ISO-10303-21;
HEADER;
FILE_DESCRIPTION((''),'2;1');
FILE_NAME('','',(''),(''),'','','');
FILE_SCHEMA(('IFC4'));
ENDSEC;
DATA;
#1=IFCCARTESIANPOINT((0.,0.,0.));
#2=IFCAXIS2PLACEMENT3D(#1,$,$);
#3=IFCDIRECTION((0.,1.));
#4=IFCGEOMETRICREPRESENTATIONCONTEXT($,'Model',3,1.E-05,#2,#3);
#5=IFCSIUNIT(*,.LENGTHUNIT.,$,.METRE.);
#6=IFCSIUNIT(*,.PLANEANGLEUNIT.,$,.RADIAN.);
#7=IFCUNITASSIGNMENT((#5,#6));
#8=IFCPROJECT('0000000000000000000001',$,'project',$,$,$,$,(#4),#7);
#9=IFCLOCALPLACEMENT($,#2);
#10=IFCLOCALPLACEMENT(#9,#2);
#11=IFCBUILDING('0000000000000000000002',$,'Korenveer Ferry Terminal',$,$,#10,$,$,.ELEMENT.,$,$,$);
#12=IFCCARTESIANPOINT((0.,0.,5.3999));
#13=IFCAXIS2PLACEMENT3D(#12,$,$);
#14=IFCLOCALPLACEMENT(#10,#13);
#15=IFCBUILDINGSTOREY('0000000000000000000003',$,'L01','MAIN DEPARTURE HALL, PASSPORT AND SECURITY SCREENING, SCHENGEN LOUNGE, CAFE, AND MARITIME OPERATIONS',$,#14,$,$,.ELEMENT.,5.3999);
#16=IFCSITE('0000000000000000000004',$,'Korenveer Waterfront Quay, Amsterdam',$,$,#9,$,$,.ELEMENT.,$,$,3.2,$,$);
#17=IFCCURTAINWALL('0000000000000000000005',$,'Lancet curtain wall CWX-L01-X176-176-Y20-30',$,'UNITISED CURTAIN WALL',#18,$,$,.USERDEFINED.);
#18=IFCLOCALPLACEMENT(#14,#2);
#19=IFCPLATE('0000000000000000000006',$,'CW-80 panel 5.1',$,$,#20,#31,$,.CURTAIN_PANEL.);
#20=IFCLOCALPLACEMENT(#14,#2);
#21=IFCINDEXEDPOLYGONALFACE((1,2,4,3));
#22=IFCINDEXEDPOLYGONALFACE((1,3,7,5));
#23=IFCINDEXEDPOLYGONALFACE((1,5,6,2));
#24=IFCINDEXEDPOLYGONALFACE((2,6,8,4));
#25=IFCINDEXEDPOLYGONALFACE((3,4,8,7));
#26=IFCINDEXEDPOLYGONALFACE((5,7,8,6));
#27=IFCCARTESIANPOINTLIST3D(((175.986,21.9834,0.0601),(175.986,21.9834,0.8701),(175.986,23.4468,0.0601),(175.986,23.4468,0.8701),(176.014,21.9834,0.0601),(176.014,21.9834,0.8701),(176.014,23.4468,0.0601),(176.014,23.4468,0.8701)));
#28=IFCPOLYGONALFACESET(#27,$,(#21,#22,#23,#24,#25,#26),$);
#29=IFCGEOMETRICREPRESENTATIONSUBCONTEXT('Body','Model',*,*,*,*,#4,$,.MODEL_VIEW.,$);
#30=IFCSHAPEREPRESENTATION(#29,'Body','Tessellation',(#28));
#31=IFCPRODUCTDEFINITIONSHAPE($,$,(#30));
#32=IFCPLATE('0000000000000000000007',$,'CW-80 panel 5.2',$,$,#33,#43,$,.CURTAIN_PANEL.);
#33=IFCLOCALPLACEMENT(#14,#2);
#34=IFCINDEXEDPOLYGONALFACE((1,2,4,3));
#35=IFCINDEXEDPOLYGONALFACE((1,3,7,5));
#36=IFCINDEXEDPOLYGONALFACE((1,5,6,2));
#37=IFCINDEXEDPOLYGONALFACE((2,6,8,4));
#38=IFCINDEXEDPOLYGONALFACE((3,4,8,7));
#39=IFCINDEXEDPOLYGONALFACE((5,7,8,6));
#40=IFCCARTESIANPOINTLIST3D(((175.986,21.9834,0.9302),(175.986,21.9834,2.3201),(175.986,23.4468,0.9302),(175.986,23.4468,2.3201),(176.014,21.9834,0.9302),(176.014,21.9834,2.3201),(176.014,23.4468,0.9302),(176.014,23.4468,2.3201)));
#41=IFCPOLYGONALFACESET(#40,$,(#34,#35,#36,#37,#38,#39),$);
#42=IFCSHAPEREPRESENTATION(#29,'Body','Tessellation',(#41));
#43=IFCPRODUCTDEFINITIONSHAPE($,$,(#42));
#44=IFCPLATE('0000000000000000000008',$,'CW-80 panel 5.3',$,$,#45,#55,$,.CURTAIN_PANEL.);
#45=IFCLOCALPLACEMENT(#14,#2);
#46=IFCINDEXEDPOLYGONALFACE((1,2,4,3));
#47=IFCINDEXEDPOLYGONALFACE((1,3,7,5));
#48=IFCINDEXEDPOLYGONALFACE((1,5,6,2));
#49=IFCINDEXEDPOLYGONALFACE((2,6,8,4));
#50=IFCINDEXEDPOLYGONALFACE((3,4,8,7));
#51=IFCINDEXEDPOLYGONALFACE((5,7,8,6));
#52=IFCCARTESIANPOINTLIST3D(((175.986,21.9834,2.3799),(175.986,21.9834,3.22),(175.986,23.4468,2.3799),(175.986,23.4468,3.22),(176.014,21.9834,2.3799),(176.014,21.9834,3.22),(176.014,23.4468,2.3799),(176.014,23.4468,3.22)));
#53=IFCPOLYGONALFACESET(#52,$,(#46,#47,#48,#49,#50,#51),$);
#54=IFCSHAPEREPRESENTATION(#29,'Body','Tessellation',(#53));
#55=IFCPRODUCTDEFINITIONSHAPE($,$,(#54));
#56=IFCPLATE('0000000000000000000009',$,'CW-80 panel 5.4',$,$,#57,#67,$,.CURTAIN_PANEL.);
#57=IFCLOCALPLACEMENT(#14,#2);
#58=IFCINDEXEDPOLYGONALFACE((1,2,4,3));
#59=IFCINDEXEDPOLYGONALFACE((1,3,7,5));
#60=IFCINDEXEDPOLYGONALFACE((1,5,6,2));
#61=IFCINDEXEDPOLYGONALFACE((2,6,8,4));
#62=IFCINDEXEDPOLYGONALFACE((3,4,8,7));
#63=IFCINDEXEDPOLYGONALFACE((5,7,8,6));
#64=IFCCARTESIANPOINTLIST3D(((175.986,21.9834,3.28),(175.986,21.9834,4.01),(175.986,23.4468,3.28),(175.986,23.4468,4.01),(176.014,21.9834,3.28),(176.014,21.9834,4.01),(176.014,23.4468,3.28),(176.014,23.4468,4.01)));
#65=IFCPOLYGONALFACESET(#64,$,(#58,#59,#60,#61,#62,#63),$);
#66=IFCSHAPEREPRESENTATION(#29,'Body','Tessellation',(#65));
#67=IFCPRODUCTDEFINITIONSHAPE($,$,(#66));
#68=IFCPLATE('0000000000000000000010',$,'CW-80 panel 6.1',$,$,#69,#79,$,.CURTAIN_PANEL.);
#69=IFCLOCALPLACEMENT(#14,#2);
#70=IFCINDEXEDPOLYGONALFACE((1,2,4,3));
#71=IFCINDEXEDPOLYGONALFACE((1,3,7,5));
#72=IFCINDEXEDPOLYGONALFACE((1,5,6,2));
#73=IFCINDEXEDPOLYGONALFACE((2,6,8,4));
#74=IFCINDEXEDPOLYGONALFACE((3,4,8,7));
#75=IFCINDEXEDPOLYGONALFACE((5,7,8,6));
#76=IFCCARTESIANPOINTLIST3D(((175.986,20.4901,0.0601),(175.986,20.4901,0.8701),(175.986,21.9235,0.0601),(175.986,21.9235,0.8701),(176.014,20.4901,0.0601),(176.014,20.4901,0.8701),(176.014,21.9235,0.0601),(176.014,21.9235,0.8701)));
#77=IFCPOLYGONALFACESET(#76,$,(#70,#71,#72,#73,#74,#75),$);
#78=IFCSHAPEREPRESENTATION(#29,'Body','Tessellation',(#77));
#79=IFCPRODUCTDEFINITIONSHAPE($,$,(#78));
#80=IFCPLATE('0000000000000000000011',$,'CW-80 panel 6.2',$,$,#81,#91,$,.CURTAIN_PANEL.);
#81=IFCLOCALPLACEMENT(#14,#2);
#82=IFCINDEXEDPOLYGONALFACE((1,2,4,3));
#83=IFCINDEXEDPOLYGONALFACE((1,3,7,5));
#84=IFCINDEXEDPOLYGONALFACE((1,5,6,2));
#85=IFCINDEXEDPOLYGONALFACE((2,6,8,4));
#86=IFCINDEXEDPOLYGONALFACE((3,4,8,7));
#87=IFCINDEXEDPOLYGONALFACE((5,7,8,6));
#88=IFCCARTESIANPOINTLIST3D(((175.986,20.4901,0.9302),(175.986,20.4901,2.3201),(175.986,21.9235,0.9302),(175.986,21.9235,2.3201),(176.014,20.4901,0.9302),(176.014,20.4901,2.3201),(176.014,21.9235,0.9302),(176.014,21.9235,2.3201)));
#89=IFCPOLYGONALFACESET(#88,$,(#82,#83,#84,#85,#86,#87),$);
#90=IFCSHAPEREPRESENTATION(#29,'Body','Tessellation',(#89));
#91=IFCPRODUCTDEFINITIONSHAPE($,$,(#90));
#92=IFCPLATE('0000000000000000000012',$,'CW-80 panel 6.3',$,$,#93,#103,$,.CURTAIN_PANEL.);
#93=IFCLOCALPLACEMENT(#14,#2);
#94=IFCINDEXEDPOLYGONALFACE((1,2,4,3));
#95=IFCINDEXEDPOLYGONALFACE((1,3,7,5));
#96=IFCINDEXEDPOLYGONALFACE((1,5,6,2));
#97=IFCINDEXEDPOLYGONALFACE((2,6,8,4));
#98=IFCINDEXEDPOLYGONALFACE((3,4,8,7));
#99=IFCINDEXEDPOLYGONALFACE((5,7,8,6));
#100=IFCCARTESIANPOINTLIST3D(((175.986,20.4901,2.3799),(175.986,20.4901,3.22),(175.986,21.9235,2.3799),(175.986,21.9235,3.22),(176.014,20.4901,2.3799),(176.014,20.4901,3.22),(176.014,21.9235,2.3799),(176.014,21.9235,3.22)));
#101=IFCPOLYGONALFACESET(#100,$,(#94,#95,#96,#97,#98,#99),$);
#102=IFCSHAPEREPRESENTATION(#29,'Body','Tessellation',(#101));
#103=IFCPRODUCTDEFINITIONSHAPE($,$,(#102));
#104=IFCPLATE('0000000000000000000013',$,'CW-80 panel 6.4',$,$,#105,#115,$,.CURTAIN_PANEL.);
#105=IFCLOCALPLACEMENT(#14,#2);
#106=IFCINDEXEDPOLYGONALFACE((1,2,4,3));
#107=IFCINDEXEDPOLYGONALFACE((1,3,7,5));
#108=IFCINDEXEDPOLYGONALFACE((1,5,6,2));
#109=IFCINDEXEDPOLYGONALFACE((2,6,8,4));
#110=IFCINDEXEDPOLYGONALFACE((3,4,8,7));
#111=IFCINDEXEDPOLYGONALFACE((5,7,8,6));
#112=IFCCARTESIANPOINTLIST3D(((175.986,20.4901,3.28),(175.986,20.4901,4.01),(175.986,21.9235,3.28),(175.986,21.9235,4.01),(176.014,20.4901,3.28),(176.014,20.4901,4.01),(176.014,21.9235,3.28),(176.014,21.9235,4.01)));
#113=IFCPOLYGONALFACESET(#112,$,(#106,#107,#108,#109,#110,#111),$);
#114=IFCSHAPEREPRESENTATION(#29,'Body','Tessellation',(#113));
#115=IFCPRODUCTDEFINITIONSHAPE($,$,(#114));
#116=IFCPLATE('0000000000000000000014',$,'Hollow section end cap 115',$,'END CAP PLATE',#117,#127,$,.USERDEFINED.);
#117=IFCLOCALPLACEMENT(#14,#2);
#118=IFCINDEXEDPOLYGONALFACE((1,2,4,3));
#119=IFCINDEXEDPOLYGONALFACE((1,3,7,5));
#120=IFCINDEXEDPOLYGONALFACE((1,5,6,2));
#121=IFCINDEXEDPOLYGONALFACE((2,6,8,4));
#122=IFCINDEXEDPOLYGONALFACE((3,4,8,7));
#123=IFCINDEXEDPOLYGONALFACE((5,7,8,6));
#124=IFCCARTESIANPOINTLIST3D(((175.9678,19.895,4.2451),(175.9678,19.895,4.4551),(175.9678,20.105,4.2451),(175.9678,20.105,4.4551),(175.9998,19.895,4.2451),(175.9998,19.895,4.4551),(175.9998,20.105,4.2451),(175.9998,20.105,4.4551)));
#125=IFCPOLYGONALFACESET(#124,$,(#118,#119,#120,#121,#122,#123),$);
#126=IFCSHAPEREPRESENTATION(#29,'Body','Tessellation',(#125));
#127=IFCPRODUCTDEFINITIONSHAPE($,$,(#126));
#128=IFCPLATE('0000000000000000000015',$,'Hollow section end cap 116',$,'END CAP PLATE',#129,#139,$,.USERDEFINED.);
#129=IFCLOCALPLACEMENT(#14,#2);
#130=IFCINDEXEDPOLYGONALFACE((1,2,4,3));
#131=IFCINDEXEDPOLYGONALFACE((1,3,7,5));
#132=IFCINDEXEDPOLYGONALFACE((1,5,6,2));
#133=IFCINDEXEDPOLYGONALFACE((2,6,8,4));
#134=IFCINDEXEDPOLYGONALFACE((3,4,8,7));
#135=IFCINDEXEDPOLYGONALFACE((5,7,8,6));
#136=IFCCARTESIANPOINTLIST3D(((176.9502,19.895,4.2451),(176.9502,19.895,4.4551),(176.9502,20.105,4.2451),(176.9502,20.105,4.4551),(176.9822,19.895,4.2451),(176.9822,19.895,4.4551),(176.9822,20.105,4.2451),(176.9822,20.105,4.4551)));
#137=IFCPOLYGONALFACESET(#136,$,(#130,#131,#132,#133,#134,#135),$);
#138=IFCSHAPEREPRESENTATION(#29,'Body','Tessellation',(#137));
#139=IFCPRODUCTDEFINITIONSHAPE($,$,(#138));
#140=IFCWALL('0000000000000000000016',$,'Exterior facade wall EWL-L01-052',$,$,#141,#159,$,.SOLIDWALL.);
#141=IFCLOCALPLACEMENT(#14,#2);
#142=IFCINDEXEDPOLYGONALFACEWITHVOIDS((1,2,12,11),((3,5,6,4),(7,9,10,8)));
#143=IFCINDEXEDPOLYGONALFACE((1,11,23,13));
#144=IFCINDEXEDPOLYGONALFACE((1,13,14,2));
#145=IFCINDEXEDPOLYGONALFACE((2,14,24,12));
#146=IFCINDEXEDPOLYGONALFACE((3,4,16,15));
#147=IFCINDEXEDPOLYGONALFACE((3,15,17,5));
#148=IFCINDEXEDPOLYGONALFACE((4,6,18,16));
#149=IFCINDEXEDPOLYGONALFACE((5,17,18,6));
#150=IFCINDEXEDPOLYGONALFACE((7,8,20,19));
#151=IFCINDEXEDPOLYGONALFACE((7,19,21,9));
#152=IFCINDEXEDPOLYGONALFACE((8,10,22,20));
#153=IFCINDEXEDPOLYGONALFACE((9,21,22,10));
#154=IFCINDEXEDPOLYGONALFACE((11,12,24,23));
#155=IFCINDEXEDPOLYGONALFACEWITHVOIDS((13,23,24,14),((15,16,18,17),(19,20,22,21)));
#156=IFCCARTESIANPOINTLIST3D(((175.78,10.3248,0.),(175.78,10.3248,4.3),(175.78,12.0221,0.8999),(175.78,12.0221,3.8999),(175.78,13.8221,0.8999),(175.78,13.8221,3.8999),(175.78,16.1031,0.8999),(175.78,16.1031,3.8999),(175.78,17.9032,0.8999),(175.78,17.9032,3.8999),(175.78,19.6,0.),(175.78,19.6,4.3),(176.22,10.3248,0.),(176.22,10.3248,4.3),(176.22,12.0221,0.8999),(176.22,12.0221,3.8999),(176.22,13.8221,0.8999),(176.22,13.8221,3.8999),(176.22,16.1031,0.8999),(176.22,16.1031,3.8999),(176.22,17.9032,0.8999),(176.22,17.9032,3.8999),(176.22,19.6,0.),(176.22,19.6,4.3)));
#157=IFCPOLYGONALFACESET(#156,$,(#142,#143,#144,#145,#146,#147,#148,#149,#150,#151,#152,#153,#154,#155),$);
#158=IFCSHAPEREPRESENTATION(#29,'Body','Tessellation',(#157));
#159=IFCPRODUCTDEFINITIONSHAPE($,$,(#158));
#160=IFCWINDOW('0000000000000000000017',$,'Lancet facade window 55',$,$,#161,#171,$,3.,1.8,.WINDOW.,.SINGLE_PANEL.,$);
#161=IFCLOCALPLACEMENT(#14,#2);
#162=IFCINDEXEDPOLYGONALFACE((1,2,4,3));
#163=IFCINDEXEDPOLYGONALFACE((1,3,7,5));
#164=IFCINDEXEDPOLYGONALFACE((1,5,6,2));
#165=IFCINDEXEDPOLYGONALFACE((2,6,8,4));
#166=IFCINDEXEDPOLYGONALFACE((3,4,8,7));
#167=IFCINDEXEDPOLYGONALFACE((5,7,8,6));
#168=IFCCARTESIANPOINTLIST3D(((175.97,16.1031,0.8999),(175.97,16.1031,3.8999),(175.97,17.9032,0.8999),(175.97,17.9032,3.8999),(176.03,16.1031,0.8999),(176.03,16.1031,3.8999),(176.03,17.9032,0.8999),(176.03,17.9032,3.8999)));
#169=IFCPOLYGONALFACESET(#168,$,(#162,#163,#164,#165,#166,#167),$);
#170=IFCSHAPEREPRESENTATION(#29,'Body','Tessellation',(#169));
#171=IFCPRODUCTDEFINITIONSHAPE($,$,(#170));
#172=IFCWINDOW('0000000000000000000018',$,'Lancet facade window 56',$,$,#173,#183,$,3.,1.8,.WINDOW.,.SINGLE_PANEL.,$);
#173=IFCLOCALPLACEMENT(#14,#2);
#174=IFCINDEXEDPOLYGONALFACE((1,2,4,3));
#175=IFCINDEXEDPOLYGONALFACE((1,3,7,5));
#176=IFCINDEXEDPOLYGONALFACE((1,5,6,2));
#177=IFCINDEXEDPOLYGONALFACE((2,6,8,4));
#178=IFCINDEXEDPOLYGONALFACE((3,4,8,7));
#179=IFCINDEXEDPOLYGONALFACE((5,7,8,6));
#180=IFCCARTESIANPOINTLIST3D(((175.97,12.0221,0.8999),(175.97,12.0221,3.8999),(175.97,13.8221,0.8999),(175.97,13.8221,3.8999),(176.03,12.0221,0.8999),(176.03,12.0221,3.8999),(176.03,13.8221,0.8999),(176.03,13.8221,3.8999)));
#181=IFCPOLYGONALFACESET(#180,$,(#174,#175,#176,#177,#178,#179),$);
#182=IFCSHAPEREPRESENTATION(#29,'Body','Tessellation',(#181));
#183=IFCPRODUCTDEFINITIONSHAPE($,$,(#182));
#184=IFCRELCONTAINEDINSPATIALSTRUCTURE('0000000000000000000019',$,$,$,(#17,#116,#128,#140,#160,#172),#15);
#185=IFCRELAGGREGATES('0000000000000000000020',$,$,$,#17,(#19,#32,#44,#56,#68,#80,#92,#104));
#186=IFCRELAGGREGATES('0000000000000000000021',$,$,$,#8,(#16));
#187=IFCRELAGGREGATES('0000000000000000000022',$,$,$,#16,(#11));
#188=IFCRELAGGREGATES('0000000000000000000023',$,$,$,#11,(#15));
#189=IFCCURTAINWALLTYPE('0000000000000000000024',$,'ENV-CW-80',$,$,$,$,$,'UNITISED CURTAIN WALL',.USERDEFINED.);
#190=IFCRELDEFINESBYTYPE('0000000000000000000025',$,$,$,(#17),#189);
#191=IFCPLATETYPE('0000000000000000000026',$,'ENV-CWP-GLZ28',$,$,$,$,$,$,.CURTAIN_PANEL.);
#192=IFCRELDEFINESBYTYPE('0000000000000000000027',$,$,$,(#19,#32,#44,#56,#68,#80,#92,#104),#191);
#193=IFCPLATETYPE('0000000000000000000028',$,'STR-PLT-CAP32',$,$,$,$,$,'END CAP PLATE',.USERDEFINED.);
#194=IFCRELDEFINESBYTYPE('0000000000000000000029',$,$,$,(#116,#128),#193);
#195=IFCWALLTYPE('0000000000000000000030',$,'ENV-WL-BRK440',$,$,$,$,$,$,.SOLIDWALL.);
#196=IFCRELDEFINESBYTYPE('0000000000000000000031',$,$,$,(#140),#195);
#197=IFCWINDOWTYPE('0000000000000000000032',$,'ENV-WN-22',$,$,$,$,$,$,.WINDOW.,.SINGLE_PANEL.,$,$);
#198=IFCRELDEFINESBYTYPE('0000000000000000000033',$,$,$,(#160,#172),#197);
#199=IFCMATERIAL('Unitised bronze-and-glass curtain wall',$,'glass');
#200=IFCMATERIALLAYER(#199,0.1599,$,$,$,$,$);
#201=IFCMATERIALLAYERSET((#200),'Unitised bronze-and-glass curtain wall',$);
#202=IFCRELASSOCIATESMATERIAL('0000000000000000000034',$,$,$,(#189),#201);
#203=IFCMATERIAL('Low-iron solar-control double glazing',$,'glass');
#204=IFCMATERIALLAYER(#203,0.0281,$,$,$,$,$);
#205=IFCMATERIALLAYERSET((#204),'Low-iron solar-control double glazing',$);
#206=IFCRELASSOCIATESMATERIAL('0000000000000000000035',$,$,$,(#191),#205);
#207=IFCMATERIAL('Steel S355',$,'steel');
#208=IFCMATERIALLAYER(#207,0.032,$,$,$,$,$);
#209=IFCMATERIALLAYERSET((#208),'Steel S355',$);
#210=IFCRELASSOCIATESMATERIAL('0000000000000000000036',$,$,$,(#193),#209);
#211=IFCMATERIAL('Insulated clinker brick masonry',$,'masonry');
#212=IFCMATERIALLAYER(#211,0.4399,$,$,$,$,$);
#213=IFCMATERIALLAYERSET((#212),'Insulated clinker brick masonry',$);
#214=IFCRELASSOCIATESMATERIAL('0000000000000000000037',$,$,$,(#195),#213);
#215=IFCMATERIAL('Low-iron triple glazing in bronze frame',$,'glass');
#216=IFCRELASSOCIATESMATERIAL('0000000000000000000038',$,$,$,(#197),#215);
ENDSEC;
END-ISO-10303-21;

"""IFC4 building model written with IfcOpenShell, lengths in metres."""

from ifc_helpers import new_model, si_unit, direction, frame, frame_2d, origin, origin_2d, place, context, subcontext, project, spatial, rectangle, extrude, material, layer, layer_set, type_object, element, fill, aggregate, save


model = new_model("IFC4")

# Units and contexts
model_context = context("Model", 3, precision=1e-05, world=origin(), true_north=direction((0.0, 1.0)))
body_context = subcontext(model_context, "Body", "Model", "MODEL_VIEW")
ifc_project = project(units=[si_unit("LENGTHUNIT", "METRE"), si_unit("PLANEANGLEUNIT", "RADIAN")], contexts=[model_context])

# Site, building, storey
site_placement = place(None, origin())
site = spatial("IfcSite", under=ifc_project, at=site_placement, Name="Korenveer Waterfront Quay, Amsterdam", CompositionType="ELEMENT", RefElevation=3.2)
building_placement = place(site_placement, origin())
building = spatial("IfcBuilding", under=site, at=building_placement, Name="Korenveer Ferry Terminal", CompositionType="ELEMENT")
storey_placement = place(building_placement, frame((0.0, 0.0, 5.3999)))
storey = spatial("IfcBuildingStorey", under=building, at=storey_placement, Name="L01", Description="MAIN DEPARTURE HALL, PASSPORT AND SECURITY SCREENING, SCHENGEN LOUNGE, CAFE, AND MARITIME OPERATIONS", CompositionType="ELEMENT", Elevation=5.3999)

# Shared definitions
ifc_material_1 = material(Name="Steel S355", Category="steel")

# Shared definitions
ifc_material_2 = material(Name="Unitised bronze-and-glass curtain wall", Category="glass")

# Curtain wall
ifc_layer_1 = layer(ifc_material_2, 0.1599)
ifc_layer_set_1 = layer_set([ifc_layer_1], Name="Unitised bronze-and-glass curtain wall")
curtain_wall_type_1 = type_object("IfcCurtainWallType", Name="ENV-CW-80", ElementType="UNITISED CURTAIN WALL", PredefinedType="USERDEFINED", material=ifc_layer_set_1)
curtain_wall_1_placement = place(storey_placement, frame((176.0, 29.5701, 0.0)))
curtain_wall_1 = element("IfcCurtainWall", 1, at=curtain_wall_1_placement, inside=storey, type_object=curtain_wall_type_1, Name="Lancet curtain wall CWX-L01-X176-176-Y20-30", ObjectType="UNITISED CURTAIN WALL", PredefinedType="USERDEFINED")

# Plates
ifc_material_3 = material(Name="Low-iron solar-control double glazing", Category="glass")
ifc_layer_2 = layer(ifc_material_3, 0.0281)
ifc_layer_set_2 = layer_set([ifc_layer_2], Name="Low-iron solar-control double glazing")
plate_type_1 = type_object("IfcPlateType", Name="ENV-CWP-GLZ28", PredefinedType="CURTAIN_PANEL", material=ifc_layer_set_2)
plate_1_placement = place(storey_placement, frame((176.0, 22.7151, 0.0601), z_axis=(0.0, 0.0, 1.0), x_axis=(0.0, -1.0, 0.0)))
plate_1 = element("IfcPlate", 2, at=plate_1_placement, type_object=plate_type_1, Name="CW-80 panel 5.1", PredefinedType="CURTAIN_PANEL", context=body_context, shape_type="SweptSolid", body=[
    extrude(rectangle(XDim=1.4634, YDim=0.0281, at=origin_2d()), origin(), (0.0, 0.0, 1.0), 0.8101),
])
plate_2_placement = place(storey_placement, frame((176.0, 22.7151, 0.9302), z_axis=(0.0, 0.0, 1.0), x_axis=(0.0, -1.0, 0.0)))
plate_2 = element("IfcPlate", 3, at=plate_2_placement, type_object=plate_type_1, Name="CW-80 panel 5.2", PredefinedType="CURTAIN_PANEL", context=body_context, shape_type="SweptSolid", body=[
    extrude(rectangle(XDim=1.4634, YDim=0.0281, at=origin_2d()), origin(), (0.0, 0.0, 1.0), 1.3899),
])
plate_3_placement = place(storey_placement, frame((176.0, 22.7151, 2.3799), z_axis=(0.0, 0.0, 1.0), x_axis=(0.0, -1.0, 0.0)))
plate_3 = element("IfcPlate", 4, at=plate_3_placement, type_object=plate_type_1, Name="CW-80 panel 5.3", PredefinedType="CURTAIN_PANEL", context=body_context, shape_type="SweptSolid", body=[
    extrude(rectangle(XDim=1.4634, YDim=0.0281, at=origin_2d()), origin(), (0.0, 0.0, 1.0), 0.8401),
])
plate_4_placement = place(storey_placement, frame((176.0, 22.7151, 3.28), z_axis=(0.0, 0.0, 1.0), x_axis=(0.0, -1.0, 0.0)))
plate_4 = element("IfcPlate", 5, at=plate_4_placement, type_object=plate_type_1, Name="CW-80 panel 5.4", PredefinedType="CURTAIN_PANEL", context=body_context, shape_type="SweptSolid", body=[
    extrude(rectangle(XDim=1.4634, YDim=0.0281, at=origin_2d()), origin(), (0.0, 0.0, 1.0), 0.73),
])
plate_5_placement = place(storey_placement, frame((176.0, 21.2068, 0.0601), z_axis=(0.0, 0.0, 1.0), x_axis=(0.0, -1.0, 0.0)))
plate_5 = element("IfcPlate", 6, at=plate_5_placement, type_object=plate_type_1, Name="CW-80 panel 6.1", PredefinedType="CURTAIN_PANEL", context=body_context, shape_type="SweptSolid", body=[
    extrude(rectangle(XDim=1.4333, YDim=0.0281, at=origin_2d()), origin(), (0.0, 0.0, 1.0), 0.8101),
])
plate_6_placement = place(storey_placement, frame((176.0, 21.2068, 0.9302), z_axis=(0.0, 0.0, 1.0), x_axis=(0.0, -1.0, 0.0)))
plate_6 = element("IfcPlate", 7, at=plate_6_placement, type_object=plate_type_1, Name="CW-80 panel 6.2", PredefinedType="CURTAIN_PANEL", context=body_context, shape_type="SweptSolid", body=[
    extrude(rectangle(XDim=1.4333, YDim=0.0281, at=origin_2d()), origin(), (0.0, 0.0, 1.0), 1.3899),
])
plate_7_placement = place(storey_placement, frame((176.0, 21.2068, 2.3799), z_axis=(0.0, 0.0, 1.0), x_axis=(0.0, -1.0, 0.0)))
plate_7 = element("IfcPlate", 8, at=plate_7_placement, type_object=plate_type_1, Name="CW-80 panel 6.3", PredefinedType="CURTAIN_PANEL", context=body_context, shape_type="SweptSolid", body=[
    extrude(rectangle(XDim=1.4333, YDim=0.0281, at=origin_2d()), origin(), (0.0, 0.0, 1.0), 0.8401),
])
plate_8_placement = place(storey_placement, frame((176.0, 21.2068, 3.28), z_axis=(0.0, 0.0, 1.0), x_axis=(0.0, -1.0, 0.0)))
plate_8 = element("IfcPlate", 9, at=plate_8_placement, type_object=plate_type_1, Name="CW-80 panel 6.4", PredefinedType="CURTAIN_PANEL", context=body_context, shape_type="SweptSolid", body=[
    extrude(rectangle(XDim=1.4333, YDim=0.0281, at=origin_2d()), origin(), (0.0, 0.0, 1.0), 0.73),
])
aggregate(curtain_wall_1, [plate_1, plate_2, plate_3, plate_4, plate_5, plate_6, plate_7, plate_8])

# Plates
ifc_layer_3 = layer(ifc_material_1, 0.032)
ifc_layer_set_3 = layer_set([ifc_layer_3], Name="Steel S355")
plate_type_2 = type_object("IfcPlateType", Name="STR-PLT-CAP32", ElementType="END CAP PLATE", PredefinedType="USERDEFINED", material=ifc_layer_set_3)
for number, where, z_axis, x_axis, name in (
    (10, (175.9678, 20.0, 4.3501), (1.0, 0.0, 0.0), (0.0, 1.0, 0.0), "Hollow section end cap 115"),
    (11, (176.9502, 20.0, 4.3501), (1.0, 0.0, 0.0), (0.0, 1.0, 0.0), "Hollow section end cap 116"),
):
    element("IfcPlate", number, at=place(storey_placement, frame(where, z_axis=z_axis, x_axis=x_axis)), inside=storey, type_object=plate_type_2, Name=name, ObjectType="END CAP PLATE", PredefinedType="USERDEFINED", context=body_context, shape_type="SweptSolid", body=[
        extrude(rectangle(XDim=0.21, YDim=0.21, at=origin_2d()), origin(), (0.0, 0.0, 1.0), 0.032),
    ])

# Wall, openings, windows
ifc_material_4 = material(Name="Insulated clinker brick masonry", Category="masonry")
ifc_layer_4 = layer(ifc_material_4, 0.4399)
ifc_layer_set_4 = layer_set([ifc_layer_4], Name="Insulated clinker brick masonry")
wall_type = type_object("IfcWallType", Name="ENV-WL-BRK440", PredefinedType="SOLIDWALL", material=ifc_layer_set_4)
wall_placement = place(storey_placement, frame((176.0, 19.6001, 0.0), z_axis=(0.0, 0.0, 1.0), x_axis=(0.0, -1.0, 0.0)))
wall = element("IfcWall", 12, at=wall_placement, inside=storey, type_object=wall_type, Name="Exterior facade wall EWL-L01-052", PredefinedType="SOLIDWALL", context=body_context, shape_type="SweptSolid", body=[
    extrude(rectangle(XDim=9.2751, YDim=0.4399, at=frame_2d((4.6377, 0.0))), origin(), (0.0, 0.0, 1.0), 4.3),
])
opening_1_placement = place(wall_placement, frame((1.697, 0.0, 0.8999)))
opening_1 = element("IfcOpeningElement", 13, at=opening_1_placement, cuts=wall, PredefinedType="OPENING", context=body_context, shape_type="SweptSolid", body=[
    extrude(rectangle(XDim=1.8, YDim=3.0, at=frame_2d((0.8999, 1.5))), frame((0.0, 0.23, 0.0), z_axis=(0.0, -1.0, 0.0), x_axis=(1.0, 0.0, 0.0)), (0.0, 0.0, 1.0), 0.46),
])
opening_2_placement = place(wall_placement, frame((5.7781, 0.0, 0.8999)))
opening_2 = element("IfcOpeningElement", 14, at=opening_2_placement, cuts=wall, PredefinedType="OPENING", context=body_context, shape_type="SweptSolid", body=[
    extrude(rectangle(XDim=1.8, YDim=3.0, at=frame_2d((0.8999, 1.5))), frame((0.0, 0.23, 0.0), z_axis=(0.0, -1.0, 0.0), x_axis=(1.0, 0.0, 0.0)), (0.0, 0.0, 1.0), 0.46),
])
ifc_material_5 = material(Name="Low-iron triple glazing in bronze frame", Category="glass")
window_type = type_object("IfcWindowType", Name="ENV-WN-22", PartitioningType="SINGLE_PANEL", PredefinedType="WINDOW", material=ifc_material_5)
window_1_placement = place(opening_1_placement, origin())
window_1 = element("IfcWindow", 15, at=window_1_placement, inside=storey, type_object=window_type, Name="Lancet facade window 55", OverallHeight=3.0, OverallWidth=1.8, PartitioningType="SINGLE_PANEL", PredefinedType="WINDOW", context=body_context, shape_type="SweptSolid", body=[
    extrude(rectangle(XDim=1.8, YDim=3.0, at=frame_2d((0.8999, 1.5))), frame((0.0, 0.03, 0.0), z_axis=(0.0, -1.0, 0.0), x_axis=(1.0, 0.0, 0.0)), (0.0, 0.0, 1.0), 0.0601),
])
fill(opening_1, window_1)
window_2_placement = place(opening_2_placement, origin())
window_2 = element("IfcWindow", 16, at=window_2_placement, inside=storey, type_object=window_type, Name="Lancet facade window 56", OverallHeight=3.0, OverallWidth=1.8, PartitioningType="SINGLE_PANEL", PredefinedType="WINDOW", context=body_context, shape_type="SweptSolid", body=[
    extrude(rectangle(XDim=1.8, YDim=3.0, at=frame_2d((0.8999, 1.5))), frame((0.0, 0.03, 0.0), z_axis=(0.0, -1.0, 0.0), x_axis=(1.0, 0.0, 0.0)), (0.0, 0.0, 1.0), 0.0601),
])
fill(opening_2, window_2)

save(model, "model.ifc")
